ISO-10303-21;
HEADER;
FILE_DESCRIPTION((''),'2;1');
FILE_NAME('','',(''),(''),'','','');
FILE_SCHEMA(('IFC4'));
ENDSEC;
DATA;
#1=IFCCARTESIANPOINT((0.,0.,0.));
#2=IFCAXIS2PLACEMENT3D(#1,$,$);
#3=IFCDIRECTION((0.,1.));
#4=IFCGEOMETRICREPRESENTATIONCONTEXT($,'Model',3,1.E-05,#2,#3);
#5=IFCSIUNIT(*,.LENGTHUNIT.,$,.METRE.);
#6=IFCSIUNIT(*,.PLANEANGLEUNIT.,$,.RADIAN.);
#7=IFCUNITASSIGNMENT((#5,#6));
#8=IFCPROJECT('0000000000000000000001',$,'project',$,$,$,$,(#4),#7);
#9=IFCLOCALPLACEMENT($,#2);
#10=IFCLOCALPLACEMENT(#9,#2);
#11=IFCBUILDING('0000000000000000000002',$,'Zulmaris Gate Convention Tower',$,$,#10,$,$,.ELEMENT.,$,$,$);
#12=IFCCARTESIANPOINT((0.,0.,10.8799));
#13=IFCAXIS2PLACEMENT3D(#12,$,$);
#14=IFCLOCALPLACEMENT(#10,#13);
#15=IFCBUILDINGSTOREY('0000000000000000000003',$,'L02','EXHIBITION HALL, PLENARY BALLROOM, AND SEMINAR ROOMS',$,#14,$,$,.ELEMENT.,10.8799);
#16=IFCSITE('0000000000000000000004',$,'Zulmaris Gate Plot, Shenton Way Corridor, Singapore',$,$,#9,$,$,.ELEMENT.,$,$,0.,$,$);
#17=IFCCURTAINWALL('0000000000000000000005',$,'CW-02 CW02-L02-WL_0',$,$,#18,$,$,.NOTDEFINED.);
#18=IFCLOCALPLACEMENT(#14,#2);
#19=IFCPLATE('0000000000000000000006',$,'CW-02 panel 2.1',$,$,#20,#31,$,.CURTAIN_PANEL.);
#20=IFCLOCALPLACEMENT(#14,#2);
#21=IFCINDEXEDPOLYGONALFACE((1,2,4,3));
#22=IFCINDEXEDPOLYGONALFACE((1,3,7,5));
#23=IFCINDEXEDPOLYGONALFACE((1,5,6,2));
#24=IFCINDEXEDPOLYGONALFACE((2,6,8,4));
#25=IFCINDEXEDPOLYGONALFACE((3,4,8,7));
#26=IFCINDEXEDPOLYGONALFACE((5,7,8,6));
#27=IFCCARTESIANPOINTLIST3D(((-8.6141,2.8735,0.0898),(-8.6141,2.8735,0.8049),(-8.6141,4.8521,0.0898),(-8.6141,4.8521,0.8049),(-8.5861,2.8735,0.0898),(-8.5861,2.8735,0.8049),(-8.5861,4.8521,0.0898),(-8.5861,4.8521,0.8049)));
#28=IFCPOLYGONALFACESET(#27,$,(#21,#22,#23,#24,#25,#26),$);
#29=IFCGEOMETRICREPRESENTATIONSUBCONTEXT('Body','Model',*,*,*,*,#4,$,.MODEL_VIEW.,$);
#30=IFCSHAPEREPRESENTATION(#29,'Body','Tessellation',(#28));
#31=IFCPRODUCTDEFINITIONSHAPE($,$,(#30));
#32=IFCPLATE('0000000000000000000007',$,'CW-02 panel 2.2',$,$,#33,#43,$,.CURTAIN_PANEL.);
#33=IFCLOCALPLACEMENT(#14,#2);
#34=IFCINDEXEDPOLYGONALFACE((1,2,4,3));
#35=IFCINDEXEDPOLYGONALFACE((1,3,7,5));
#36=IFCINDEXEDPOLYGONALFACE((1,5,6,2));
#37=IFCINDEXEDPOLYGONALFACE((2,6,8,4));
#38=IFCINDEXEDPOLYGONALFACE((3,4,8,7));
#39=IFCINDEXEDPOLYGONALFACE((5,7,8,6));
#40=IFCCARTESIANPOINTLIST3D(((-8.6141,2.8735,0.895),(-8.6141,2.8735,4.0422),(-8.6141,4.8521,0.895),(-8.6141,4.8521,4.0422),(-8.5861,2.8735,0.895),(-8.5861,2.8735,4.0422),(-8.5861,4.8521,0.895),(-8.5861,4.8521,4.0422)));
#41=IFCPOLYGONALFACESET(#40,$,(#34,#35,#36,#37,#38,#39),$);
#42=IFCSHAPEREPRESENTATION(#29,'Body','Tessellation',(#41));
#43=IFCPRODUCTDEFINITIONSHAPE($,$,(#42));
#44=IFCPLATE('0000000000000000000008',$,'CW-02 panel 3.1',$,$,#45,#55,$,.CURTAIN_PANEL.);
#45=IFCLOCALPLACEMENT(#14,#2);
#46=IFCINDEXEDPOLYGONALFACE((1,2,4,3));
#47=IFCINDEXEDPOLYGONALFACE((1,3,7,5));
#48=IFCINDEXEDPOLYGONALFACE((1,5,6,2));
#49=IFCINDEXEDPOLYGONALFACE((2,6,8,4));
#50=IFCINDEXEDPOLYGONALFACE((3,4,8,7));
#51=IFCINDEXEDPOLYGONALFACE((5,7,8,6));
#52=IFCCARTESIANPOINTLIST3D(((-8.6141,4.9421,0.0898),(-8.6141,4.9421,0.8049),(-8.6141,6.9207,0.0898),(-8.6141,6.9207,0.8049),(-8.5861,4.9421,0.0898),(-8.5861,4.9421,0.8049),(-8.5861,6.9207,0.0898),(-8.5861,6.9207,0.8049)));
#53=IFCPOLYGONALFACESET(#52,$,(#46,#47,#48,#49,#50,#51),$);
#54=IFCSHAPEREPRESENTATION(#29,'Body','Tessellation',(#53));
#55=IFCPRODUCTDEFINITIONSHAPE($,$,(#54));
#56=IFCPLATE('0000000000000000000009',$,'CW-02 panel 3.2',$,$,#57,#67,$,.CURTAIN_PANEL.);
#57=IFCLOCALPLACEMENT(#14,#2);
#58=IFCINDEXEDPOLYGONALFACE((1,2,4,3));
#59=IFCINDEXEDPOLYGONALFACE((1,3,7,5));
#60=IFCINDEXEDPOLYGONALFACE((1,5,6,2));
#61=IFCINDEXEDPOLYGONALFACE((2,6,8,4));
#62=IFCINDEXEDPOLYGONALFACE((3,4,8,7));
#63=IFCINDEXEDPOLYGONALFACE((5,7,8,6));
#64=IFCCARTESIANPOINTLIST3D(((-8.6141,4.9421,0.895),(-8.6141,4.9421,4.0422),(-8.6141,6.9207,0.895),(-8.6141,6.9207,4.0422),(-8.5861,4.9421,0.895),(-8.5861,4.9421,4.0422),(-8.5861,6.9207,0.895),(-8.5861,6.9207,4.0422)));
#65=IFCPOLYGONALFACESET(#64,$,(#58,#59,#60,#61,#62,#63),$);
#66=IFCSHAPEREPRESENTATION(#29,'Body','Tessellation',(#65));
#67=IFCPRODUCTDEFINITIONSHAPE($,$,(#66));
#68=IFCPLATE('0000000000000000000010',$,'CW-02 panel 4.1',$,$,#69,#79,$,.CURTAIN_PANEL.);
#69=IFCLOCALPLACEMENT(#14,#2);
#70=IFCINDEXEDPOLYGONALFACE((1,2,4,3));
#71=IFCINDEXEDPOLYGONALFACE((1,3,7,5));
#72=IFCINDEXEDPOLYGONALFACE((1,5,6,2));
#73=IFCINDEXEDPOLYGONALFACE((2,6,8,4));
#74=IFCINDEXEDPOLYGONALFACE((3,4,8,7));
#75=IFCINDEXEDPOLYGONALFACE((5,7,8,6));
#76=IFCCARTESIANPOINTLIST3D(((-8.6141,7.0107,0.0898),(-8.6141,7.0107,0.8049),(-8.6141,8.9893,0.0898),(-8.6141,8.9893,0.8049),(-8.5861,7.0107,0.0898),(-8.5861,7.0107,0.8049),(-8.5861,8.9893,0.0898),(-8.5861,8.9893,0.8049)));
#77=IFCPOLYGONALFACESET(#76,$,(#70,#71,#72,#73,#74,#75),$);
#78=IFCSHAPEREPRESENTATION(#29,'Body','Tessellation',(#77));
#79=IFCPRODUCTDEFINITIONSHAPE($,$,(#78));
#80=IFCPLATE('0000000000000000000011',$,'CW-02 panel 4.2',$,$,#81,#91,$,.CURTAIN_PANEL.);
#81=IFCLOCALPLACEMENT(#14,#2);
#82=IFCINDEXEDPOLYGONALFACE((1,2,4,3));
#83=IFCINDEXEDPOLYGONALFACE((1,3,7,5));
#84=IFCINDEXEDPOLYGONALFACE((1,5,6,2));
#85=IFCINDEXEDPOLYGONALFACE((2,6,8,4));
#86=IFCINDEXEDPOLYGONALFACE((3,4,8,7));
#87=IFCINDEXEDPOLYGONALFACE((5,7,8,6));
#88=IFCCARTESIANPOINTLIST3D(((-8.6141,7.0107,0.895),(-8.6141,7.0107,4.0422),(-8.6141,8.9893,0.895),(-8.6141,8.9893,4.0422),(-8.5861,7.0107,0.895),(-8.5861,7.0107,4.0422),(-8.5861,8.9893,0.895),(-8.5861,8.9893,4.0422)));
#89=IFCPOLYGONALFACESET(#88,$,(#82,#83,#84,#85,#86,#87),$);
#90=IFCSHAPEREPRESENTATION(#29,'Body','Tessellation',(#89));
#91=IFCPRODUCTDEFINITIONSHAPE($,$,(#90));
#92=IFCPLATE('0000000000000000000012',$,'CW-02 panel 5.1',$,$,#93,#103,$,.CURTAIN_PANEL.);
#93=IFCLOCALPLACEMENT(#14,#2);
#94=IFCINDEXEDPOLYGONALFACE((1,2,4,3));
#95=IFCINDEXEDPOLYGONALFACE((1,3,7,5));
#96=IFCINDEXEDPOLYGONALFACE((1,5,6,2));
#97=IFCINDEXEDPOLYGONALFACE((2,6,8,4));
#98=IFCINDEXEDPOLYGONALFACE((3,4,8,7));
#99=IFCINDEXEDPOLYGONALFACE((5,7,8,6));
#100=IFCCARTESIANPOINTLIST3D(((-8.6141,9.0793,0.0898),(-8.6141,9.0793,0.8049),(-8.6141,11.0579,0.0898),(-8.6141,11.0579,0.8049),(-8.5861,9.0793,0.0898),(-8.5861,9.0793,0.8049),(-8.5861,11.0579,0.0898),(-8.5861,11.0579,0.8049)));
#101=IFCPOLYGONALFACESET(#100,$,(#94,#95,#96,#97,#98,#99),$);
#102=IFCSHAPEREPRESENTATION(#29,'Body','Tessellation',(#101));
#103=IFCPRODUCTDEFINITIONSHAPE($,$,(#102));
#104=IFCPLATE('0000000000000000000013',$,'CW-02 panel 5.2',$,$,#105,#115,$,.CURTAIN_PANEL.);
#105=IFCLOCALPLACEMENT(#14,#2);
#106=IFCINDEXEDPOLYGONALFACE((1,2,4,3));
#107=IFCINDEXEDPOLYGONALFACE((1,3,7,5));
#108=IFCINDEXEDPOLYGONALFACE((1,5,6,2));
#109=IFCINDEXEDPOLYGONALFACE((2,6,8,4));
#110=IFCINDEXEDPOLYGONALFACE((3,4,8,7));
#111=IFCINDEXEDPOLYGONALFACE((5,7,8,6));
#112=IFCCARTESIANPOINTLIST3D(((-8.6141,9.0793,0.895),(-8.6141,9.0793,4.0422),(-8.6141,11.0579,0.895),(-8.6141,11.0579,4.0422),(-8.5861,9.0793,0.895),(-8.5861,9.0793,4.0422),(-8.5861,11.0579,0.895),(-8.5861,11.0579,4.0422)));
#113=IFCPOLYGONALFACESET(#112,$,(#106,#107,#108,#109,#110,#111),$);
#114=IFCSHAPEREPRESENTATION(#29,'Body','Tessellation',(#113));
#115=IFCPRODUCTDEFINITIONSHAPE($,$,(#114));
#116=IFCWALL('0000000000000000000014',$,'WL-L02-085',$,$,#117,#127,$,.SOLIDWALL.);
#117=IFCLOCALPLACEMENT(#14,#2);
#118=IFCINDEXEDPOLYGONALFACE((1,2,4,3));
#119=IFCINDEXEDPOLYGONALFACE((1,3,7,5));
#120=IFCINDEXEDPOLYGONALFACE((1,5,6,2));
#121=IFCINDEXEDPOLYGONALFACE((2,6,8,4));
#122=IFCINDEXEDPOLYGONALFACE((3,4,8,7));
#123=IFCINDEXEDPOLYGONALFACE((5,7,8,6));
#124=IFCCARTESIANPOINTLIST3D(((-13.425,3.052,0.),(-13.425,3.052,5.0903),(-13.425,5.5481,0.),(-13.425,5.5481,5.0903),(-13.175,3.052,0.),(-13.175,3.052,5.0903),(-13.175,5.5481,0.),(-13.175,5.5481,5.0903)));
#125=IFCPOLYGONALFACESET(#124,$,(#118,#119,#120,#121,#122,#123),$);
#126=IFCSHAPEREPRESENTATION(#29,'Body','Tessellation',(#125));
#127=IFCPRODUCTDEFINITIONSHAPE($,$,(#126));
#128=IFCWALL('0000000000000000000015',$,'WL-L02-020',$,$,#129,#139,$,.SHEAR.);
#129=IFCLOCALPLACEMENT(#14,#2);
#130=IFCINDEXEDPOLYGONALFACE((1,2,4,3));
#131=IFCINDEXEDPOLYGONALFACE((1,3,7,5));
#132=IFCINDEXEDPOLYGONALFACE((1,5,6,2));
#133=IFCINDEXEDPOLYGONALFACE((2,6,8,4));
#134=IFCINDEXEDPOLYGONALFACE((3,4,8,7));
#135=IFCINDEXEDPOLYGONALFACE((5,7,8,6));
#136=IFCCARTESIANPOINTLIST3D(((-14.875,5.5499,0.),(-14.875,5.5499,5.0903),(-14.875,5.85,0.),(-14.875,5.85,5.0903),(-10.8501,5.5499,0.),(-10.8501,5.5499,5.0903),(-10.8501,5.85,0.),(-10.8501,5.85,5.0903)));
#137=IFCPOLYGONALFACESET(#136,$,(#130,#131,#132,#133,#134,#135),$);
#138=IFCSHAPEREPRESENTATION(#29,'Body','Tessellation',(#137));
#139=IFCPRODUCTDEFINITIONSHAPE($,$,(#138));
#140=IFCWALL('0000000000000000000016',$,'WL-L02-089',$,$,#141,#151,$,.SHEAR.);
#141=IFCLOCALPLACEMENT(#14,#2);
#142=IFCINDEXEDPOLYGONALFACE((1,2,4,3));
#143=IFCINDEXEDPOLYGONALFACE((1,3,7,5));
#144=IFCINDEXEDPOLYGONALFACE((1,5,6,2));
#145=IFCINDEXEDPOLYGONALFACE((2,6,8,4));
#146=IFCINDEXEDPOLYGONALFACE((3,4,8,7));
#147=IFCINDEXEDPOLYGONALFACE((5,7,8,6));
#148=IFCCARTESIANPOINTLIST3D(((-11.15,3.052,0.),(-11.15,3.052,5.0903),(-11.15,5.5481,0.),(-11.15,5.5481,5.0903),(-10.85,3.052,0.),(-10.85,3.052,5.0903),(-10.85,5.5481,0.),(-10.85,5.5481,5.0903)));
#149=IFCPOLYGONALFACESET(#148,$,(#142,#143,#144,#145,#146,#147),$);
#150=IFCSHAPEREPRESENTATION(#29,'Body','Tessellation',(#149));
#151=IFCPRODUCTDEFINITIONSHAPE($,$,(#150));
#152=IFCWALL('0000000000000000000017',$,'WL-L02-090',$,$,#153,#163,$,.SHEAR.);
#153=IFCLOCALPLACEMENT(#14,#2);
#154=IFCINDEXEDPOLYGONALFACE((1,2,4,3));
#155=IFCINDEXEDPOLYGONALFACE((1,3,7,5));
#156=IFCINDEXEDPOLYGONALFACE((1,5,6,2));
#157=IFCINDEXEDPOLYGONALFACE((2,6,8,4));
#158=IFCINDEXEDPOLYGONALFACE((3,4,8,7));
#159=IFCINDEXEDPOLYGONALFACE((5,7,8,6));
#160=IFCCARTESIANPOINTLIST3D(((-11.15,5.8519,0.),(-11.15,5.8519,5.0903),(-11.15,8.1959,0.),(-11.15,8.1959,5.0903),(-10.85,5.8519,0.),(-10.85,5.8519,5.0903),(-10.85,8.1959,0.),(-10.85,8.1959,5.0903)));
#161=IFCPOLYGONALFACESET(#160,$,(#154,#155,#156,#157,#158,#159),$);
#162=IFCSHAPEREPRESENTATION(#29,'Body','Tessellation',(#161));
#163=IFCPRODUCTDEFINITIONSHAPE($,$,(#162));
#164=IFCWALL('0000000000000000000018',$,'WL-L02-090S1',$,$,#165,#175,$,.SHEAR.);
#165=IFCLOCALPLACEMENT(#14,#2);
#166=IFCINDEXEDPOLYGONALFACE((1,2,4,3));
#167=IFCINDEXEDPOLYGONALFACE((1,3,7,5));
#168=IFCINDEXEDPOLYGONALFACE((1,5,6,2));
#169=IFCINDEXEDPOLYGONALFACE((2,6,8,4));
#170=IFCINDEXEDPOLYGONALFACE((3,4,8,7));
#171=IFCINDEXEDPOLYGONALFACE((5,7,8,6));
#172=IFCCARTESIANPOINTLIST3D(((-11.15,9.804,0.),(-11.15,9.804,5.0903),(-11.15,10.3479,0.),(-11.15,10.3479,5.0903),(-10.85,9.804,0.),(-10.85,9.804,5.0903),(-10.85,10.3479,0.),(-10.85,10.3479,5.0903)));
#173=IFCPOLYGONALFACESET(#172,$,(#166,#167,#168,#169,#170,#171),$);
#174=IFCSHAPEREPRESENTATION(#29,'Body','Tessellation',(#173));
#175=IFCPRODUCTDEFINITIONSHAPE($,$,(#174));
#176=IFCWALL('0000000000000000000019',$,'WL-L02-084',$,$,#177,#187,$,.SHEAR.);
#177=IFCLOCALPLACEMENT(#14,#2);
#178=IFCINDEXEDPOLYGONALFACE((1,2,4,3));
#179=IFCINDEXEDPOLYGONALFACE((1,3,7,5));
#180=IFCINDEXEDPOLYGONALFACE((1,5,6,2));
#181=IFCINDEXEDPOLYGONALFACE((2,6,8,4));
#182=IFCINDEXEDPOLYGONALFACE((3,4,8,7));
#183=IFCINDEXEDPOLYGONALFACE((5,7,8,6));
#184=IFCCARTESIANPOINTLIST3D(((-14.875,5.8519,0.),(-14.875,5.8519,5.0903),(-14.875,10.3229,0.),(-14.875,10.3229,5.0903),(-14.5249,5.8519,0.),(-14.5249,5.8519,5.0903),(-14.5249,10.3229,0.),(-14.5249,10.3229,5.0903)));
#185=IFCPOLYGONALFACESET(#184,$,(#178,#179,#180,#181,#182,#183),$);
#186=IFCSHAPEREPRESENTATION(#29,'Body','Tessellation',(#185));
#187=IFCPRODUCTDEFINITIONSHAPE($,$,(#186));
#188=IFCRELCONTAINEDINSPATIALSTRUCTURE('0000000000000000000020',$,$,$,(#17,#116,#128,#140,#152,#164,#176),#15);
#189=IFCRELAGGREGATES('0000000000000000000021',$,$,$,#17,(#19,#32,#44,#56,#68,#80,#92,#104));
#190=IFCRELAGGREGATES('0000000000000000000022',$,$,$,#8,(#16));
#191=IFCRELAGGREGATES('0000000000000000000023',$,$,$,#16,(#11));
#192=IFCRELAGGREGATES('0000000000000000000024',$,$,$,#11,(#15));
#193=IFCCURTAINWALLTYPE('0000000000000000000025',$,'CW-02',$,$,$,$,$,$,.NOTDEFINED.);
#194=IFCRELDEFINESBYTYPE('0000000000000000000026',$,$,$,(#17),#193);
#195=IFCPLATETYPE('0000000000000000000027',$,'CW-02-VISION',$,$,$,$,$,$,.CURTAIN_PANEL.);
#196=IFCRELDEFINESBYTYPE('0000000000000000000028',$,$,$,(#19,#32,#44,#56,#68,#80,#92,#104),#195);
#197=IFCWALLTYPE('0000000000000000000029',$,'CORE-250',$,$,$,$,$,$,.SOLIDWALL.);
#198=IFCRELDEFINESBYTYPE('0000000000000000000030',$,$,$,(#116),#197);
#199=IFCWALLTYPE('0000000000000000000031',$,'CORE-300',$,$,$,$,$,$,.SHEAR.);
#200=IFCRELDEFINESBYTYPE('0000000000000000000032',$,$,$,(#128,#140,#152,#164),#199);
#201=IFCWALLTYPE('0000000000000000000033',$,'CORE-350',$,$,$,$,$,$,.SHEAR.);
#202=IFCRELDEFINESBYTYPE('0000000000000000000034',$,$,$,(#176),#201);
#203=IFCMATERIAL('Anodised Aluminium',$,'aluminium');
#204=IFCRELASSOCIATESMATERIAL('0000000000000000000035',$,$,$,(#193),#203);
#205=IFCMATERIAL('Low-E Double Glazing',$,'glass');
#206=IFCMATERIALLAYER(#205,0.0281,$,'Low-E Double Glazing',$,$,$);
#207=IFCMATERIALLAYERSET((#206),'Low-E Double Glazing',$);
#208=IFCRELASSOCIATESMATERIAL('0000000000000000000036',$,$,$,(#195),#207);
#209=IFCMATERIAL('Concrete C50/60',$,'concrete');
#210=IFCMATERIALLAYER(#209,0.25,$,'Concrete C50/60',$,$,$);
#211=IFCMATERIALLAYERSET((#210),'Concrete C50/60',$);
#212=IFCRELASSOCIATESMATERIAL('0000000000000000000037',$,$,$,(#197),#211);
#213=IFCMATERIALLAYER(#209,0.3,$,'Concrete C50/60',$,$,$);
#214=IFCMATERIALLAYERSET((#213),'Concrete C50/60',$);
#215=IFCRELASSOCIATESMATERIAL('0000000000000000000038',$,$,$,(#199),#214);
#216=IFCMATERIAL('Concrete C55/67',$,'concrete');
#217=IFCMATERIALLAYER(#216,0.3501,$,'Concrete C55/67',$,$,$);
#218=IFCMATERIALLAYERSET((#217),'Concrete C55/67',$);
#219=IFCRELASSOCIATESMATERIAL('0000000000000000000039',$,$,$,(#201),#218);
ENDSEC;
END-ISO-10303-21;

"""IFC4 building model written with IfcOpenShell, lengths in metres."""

from ifc_helpers import new_model, si_unit, direction, frame, frame_2d, origin, origin_2d, place, context, subcontext, project, spatial, rectangle, extrude, material, layer, layer_set, type_object, element, aggregate, save


model = new_model("IFC4")

# Units and contexts
model_context = context("Model", 3, precision=1e-05, world=origin(), true_north=direction((0.0, 1.0)))
body_context = subcontext(model_context, "Body", "Model", "MODEL_VIEW")
ifc_project = project(units=[si_unit("LENGTHUNIT", "METRE"), si_unit("PLANEANGLEUNIT", "RADIAN")], contexts=[model_context])

# Site, building, storey
site_placement = place(None, origin())
site = spatial("IfcSite", under=ifc_project, at=site_placement, Name="Zulmaris Gate Plot, Shenton Way Corridor, Singapore", CompositionType="ELEMENT", RefElevation=0.0)
building_placement = place(site_placement, origin())
building = spatial("IfcBuilding", under=site, at=building_placement, Name="Zulmaris Gate Convention Tower", CompositionType="ELEMENT")
storey_placement = place(building_placement, frame((0.0, 0.0, 10.8799)))
storey = spatial("IfcBuildingStorey", under=building, at=storey_placement, Name="L02", Description="EXHIBITION HALL, PLENARY BALLROOM, AND SEMINAR ROOMS", CompositionType="ELEMENT", Elevation=10.8799)

# Curtain wall, plates
ifc_material_1 = material(Name="Anodised Aluminium", Category="aluminium")
curtain_wall_type = type_object("IfcCurtainWallType", Name="CW-02", PredefinedType="NOTDEFINED", material=ifc_material_1)
curtain_wall_placement = place(storey_placement, origin())
curtain_wall = element("IfcCurtainWall", 1, at=curtain_wall_placement, inside=storey, type_object=curtain_wall_type, Name="CW-02 CW02-L02-WL_0", PredefinedType="NOTDEFINED")
ifc_material_2 = material(Name="Low-E Double Glazing", Category="glass")
ifc_layer_1 = layer(ifc_material_2, 0.0281, Name="Low-E Double Glazing")
ifc_layer_set_1 = layer_set([ifc_layer_1], Name="Low-E Double Glazing")
plate_type = type_object("IfcPlateType", Name="CW-02-VISION", PredefinedType="CURTAIN_PANEL", material=ifc_layer_set_1)
plate_1_placement = place(storey_placement, frame((-8.6001, 3.8628, 0.0898), z_axis=(0.0, 0.0, 1.0), x_axis=(0.0, 1.0, 0.0)))
plate_1 = element("IfcPlate", 2, at=plate_1_placement, type_object=plate_type, Name="CW-02 panel 2.1", PredefinedType="CURTAIN_PANEL", context=body_context, shape_type="SweptSolid", body=[
    extrude(rectangle(XDim=1.9785, YDim=0.0281, at=origin_2d()), origin(), (0.0, 0.0, 1.0), 0.7151),
])
plate_2_placement = place(storey_placement, frame((-8.6001, 3.8628, 0.895), z_axis=(0.0, 0.0, 1.0), x_axis=(0.0, 1.0, 0.0)))
plate_2 = element("IfcPlate", 3, at=plate_2_placement, type_object=plate_type, Name="CW-02 panel 2.2", PredefinedType="CURTAIN_PANEL", context=body_context, shape_type="SweptSolid", body=[
    extrude(rectangle(XDim=1.9785, YDim=0.0281, at=origin_2d()), origin(), (0.0, 0.0, 1.0), 3.1472),
])
plate_3_placement = place(storey_placement, frame((-8.6001, 5.9314, 0.0898), z_axis=(0.0, 0.0, 1.0), x_axis=(0.0, 1.0, 0.0)))
plate_3 = element("IfcPlate", 4, at=plate_3_placement, type_object=plate_type, Name="CW-02 panel 3.1", PredefinedType="CURTAIN_PANEL", context=body_context, shape_type="SweptSolid", body=[
    extrude(rectangle(XDim=1.9785, YDim=0.0281, at=origin_2d()), origin(), (0.0, 0.0, 1.0), 0.7151),
])
plate_4_placement = place(storey_placement, frame((-8.6001, 5.9314, 0.895), z_axis=(0.0, 0.0, 1.0), x_axis=(0.0, 1.0, 0.0)))
plate_4 = element("IfcPlate", 5, at=plate_4_placement, type_object=plate_type, Name="CW-02 panel 3.2", PredefinedType="CURTAIN_PANEL", context=body_context, shape_type="SweptSolid", body=[
    extrude(rectangle(XDim=1.9785, YDim=0.0281, at=origin_2d()), origin(), (0.0, 0.0, 1.0), 3.1472),
])
plate_5_placement = place(storey_placement, frame((-8.6001, 8.0, 0.0898), z_axis=(0.0, 0.0, 1.0), x_axis=(0.0, 1.0, 0.0)))
plate_5 = element("IfcPlate", 6, at=plate_5_placement, type_object=plate_type, Name="CW-02 panel 4.1", PredefinedType="CURTAIN_PANEL", context=body_context, shape_type="SweptSolid", body=[
    extrude(rectangle(XDim=1.9785, YDim=0.0281, at=origin_2d()), origin(), (0.0, 0.0, 1.0), 0.7151),
])
plate_6_placement = place(storey_placement, frame((-8.6001, 8.0, 0.895), z_axis=(0.0, 0.0, 1.0), x_axis=(0.0, 1.0, 0.0)))
plate_6 = element("IfcPlate", 7, at=plate_6_placement, type_object=plate_type, Name="CW-02 panel 4.2", PredefinedType="CURTAIN_PANEL", context=body_context, shape_type="SweptSolid", body=[
    extrude(rectangle(XDim=1.9785, YDim=0.0281, at=origin_2d()), origin(), (0.0, 0.0, 1.0), 3.1472),
])
plate_7_placement = place(storey_placement, frame((-8.6001, 10.0686, 0.0898), z_axis=(0.0, 0.0, 1.0), x_axis=(0.0, 1.0, 0.0)))
plate_7 = element("IfcPlate", 8, at=plate_7_placement, type_object=plate_type, Name="CW-02 panel 5.1", PredefinedType="CURTAIN_PANEL", context=body_context, shape_type="SweptSolid", body=[
    extrude(rectangle(XDim=1.9785, YDim=0.0281, at=origin_2d()), origin(), (0.0, 0.0, 1.0), 0.7151),
])
plate_8_placement = place(storey_placement, frame((-8.6001, 10.0686, 0.895), z_axis=(0.0, 0.0, 1.0), x_axis=(0.0, 1.0, 0.0)))
plate_8 = element("IfcPlate", 9, at=plate_8_placement, type_object=plate_type, Name="CW-02 panel 5.2", PredefinedType="CURTAIN_PANEL", context=body_context, shape_type="SweptSolid", body=[
    extrude(rectangle(XDim=1.9785, YDim=0.0281, at=origin_2d()), origin(), (0.0, 0.0, 1.0), 3.1472),
])
aggregate(curtain_wall, [plate_1, plate_2, plate_3, plate_4, plate_5, plate_6, plate_7, plate_8])

# Walls
ifc_material_3 = material(Name="Concrete C50/60", Category="concrete")
ifc_layer_2 = layer(ifc_material_3, 0.25, Name="Concrete C50/60")
ifc_layer_set_2 = layer_set([ifc_layer_2], Name="Concrete C50/60")
wall_type_1 = type_object("IfcWallType", Name="CORE-250", PredefinedType="SOLIDWALL", material=ifc_layer_set_2)
wall_1_placement = place(storey_placement, frame((-13.3, 3.052, 0.0), z_axis=(0.0, 0.0, 1.0), x_axis=(0.0, 1.0, 0.0)))
element("IfcWall", 10, at=wall_1_placement, inside=storey, type_object=wall_type_1, Name="WL-L02-085", PredefinedType="SOLIDWALL", context=body_context, shape_type="SweptSolid", body=[
    extrude(rectangle(XDim=2.4961, YDim=0.25, at=frame_2d((1.248, 0.0))), origin(), (0.0, 0.0, 1.0), 5.0903),
])
ifc_layer_3 = layer(ifc_material_3, 0.3, Name="Concrete C50/60")
ifc_layer_set_3 = layer_set([ifc_layer_3], Name="Concrete C50/60")
wall_type_2 = type_object("IfcWallType", Name="CORE-300", PredefinedType="SHEAR", material=ifc_layer_set_3)
wall_2_placement = place(storey_placement, frame((-14.875, 5.7, 0.0), z_axis=(0.0, 0.0, 1.0), x_axis=(1.0, 0.0, 0.0)))
element("IfcWall", 11, at=wall_2_placement, inside=storey, type_object=wall_type_2, Name="WL-L02-020", PredefinedType="SHEAR", context=body_context, shape_type="SweptSolid", body=[
    extrude(rectangle(XDim=4.0249, YDim=0.3, at=frame_2d((2.0125, 0.0))), origin(), (0.0, 0.0, 1.0), 5.0903),
])
wall_3_placement = place(storey_placement, frame((-11.0, 3.052, 0.0), z_axis=(0.0, 0.0, 1.0), x_axis=(0.0, 1.0, 0.0)))
element("IfcWall", 12, at=wall_3_placement, inside=storey, type_object=wall_type_2, Name="WL-L02-089", PredefinedType="SHEAR", context=body_context, shape_type="SweptSolid", body=[
    extrude(rectangle(XDim=2.4961, YDim=0.3, at=frame_2d((1.248, 0.0))), origin(), (0.0, 0.0, 1.0), 5.0903),
])
wall_4_placement = place(storey_placement, frame((-11.0, 5.8521, 0.0), z_axis=(0.0, 0.0, 1.0), x_axis=(0.0, 1.0, 0.0)))
element("IfcWall", 13, at=wall_4_placement, inside=storey, type_object=wall_type_2, Name="WL-L02-090", PredefinedType="SHEAR", context=body_context, shape_type="SweptSolid", body=[
    extrude(rectangle(XDim=2.344, YDim=0.3, at=frame_2d((1.1719, 0.0))), origin(), (0.0, 0.0, 1.0), 5.0903),
])
wall_5_placement = place(storey_placement, frame((-11.0, 9.804, 0.0), z_axis=(0.0, 0.0, 1.0), x_axis=(0.0, 1.0, 0.0)))
element("IfcWall", 14, at=wall_5_placement, inside=storey, type_object=wall_type_2, Name="WL-L02-090S1", PredefinedType="SHEAR", context=body_context, shape_type="SweptSolid", body=[
    extrude(rectangle(XDim=0.5439, YDim=0.3, at=frame_2d((0.272, 0.0))), origin(), (0.0, 0.0, 1.0), 5.0903),
])
ifc_material_4 = material(Name="Concrete C55/67", Category="concrete")
ifc_layer_4 = layer(ifc_material_4, 0.3501, Name="Concrete C55/67")
ifc_layer_set_4 = layer_set([ifc_layer_4], Name="Concrete C55/67")
wall_type_3 = type_object("IfcWallType", Name="CORE-350", PredefinedType="SHEAR", material=ifc_layer_set_4)
wall_6_placement = place(storey_placement, frame((-14.7, 5.8521, 0.0), z_axis=(0.0, 0.0, 1.0), x_axis=(0.0, 1.0, 0.0)))
element("IfcWall", 15, at=wall_6_placement, inside=storey, type_object=wall_type_3, Name="WL-L02-084", PredefinedType="SHEAR", context=body_context, shape_type="SweptSolid", body=[
    extrude(rectangle(XDim=4.4709, YDim=0.3501, at=frame_2d((2.2354, 0.0))), origin(), (0.0, 0.0, 1.0), 5.0903),
])

save(model, "model.ifc")
